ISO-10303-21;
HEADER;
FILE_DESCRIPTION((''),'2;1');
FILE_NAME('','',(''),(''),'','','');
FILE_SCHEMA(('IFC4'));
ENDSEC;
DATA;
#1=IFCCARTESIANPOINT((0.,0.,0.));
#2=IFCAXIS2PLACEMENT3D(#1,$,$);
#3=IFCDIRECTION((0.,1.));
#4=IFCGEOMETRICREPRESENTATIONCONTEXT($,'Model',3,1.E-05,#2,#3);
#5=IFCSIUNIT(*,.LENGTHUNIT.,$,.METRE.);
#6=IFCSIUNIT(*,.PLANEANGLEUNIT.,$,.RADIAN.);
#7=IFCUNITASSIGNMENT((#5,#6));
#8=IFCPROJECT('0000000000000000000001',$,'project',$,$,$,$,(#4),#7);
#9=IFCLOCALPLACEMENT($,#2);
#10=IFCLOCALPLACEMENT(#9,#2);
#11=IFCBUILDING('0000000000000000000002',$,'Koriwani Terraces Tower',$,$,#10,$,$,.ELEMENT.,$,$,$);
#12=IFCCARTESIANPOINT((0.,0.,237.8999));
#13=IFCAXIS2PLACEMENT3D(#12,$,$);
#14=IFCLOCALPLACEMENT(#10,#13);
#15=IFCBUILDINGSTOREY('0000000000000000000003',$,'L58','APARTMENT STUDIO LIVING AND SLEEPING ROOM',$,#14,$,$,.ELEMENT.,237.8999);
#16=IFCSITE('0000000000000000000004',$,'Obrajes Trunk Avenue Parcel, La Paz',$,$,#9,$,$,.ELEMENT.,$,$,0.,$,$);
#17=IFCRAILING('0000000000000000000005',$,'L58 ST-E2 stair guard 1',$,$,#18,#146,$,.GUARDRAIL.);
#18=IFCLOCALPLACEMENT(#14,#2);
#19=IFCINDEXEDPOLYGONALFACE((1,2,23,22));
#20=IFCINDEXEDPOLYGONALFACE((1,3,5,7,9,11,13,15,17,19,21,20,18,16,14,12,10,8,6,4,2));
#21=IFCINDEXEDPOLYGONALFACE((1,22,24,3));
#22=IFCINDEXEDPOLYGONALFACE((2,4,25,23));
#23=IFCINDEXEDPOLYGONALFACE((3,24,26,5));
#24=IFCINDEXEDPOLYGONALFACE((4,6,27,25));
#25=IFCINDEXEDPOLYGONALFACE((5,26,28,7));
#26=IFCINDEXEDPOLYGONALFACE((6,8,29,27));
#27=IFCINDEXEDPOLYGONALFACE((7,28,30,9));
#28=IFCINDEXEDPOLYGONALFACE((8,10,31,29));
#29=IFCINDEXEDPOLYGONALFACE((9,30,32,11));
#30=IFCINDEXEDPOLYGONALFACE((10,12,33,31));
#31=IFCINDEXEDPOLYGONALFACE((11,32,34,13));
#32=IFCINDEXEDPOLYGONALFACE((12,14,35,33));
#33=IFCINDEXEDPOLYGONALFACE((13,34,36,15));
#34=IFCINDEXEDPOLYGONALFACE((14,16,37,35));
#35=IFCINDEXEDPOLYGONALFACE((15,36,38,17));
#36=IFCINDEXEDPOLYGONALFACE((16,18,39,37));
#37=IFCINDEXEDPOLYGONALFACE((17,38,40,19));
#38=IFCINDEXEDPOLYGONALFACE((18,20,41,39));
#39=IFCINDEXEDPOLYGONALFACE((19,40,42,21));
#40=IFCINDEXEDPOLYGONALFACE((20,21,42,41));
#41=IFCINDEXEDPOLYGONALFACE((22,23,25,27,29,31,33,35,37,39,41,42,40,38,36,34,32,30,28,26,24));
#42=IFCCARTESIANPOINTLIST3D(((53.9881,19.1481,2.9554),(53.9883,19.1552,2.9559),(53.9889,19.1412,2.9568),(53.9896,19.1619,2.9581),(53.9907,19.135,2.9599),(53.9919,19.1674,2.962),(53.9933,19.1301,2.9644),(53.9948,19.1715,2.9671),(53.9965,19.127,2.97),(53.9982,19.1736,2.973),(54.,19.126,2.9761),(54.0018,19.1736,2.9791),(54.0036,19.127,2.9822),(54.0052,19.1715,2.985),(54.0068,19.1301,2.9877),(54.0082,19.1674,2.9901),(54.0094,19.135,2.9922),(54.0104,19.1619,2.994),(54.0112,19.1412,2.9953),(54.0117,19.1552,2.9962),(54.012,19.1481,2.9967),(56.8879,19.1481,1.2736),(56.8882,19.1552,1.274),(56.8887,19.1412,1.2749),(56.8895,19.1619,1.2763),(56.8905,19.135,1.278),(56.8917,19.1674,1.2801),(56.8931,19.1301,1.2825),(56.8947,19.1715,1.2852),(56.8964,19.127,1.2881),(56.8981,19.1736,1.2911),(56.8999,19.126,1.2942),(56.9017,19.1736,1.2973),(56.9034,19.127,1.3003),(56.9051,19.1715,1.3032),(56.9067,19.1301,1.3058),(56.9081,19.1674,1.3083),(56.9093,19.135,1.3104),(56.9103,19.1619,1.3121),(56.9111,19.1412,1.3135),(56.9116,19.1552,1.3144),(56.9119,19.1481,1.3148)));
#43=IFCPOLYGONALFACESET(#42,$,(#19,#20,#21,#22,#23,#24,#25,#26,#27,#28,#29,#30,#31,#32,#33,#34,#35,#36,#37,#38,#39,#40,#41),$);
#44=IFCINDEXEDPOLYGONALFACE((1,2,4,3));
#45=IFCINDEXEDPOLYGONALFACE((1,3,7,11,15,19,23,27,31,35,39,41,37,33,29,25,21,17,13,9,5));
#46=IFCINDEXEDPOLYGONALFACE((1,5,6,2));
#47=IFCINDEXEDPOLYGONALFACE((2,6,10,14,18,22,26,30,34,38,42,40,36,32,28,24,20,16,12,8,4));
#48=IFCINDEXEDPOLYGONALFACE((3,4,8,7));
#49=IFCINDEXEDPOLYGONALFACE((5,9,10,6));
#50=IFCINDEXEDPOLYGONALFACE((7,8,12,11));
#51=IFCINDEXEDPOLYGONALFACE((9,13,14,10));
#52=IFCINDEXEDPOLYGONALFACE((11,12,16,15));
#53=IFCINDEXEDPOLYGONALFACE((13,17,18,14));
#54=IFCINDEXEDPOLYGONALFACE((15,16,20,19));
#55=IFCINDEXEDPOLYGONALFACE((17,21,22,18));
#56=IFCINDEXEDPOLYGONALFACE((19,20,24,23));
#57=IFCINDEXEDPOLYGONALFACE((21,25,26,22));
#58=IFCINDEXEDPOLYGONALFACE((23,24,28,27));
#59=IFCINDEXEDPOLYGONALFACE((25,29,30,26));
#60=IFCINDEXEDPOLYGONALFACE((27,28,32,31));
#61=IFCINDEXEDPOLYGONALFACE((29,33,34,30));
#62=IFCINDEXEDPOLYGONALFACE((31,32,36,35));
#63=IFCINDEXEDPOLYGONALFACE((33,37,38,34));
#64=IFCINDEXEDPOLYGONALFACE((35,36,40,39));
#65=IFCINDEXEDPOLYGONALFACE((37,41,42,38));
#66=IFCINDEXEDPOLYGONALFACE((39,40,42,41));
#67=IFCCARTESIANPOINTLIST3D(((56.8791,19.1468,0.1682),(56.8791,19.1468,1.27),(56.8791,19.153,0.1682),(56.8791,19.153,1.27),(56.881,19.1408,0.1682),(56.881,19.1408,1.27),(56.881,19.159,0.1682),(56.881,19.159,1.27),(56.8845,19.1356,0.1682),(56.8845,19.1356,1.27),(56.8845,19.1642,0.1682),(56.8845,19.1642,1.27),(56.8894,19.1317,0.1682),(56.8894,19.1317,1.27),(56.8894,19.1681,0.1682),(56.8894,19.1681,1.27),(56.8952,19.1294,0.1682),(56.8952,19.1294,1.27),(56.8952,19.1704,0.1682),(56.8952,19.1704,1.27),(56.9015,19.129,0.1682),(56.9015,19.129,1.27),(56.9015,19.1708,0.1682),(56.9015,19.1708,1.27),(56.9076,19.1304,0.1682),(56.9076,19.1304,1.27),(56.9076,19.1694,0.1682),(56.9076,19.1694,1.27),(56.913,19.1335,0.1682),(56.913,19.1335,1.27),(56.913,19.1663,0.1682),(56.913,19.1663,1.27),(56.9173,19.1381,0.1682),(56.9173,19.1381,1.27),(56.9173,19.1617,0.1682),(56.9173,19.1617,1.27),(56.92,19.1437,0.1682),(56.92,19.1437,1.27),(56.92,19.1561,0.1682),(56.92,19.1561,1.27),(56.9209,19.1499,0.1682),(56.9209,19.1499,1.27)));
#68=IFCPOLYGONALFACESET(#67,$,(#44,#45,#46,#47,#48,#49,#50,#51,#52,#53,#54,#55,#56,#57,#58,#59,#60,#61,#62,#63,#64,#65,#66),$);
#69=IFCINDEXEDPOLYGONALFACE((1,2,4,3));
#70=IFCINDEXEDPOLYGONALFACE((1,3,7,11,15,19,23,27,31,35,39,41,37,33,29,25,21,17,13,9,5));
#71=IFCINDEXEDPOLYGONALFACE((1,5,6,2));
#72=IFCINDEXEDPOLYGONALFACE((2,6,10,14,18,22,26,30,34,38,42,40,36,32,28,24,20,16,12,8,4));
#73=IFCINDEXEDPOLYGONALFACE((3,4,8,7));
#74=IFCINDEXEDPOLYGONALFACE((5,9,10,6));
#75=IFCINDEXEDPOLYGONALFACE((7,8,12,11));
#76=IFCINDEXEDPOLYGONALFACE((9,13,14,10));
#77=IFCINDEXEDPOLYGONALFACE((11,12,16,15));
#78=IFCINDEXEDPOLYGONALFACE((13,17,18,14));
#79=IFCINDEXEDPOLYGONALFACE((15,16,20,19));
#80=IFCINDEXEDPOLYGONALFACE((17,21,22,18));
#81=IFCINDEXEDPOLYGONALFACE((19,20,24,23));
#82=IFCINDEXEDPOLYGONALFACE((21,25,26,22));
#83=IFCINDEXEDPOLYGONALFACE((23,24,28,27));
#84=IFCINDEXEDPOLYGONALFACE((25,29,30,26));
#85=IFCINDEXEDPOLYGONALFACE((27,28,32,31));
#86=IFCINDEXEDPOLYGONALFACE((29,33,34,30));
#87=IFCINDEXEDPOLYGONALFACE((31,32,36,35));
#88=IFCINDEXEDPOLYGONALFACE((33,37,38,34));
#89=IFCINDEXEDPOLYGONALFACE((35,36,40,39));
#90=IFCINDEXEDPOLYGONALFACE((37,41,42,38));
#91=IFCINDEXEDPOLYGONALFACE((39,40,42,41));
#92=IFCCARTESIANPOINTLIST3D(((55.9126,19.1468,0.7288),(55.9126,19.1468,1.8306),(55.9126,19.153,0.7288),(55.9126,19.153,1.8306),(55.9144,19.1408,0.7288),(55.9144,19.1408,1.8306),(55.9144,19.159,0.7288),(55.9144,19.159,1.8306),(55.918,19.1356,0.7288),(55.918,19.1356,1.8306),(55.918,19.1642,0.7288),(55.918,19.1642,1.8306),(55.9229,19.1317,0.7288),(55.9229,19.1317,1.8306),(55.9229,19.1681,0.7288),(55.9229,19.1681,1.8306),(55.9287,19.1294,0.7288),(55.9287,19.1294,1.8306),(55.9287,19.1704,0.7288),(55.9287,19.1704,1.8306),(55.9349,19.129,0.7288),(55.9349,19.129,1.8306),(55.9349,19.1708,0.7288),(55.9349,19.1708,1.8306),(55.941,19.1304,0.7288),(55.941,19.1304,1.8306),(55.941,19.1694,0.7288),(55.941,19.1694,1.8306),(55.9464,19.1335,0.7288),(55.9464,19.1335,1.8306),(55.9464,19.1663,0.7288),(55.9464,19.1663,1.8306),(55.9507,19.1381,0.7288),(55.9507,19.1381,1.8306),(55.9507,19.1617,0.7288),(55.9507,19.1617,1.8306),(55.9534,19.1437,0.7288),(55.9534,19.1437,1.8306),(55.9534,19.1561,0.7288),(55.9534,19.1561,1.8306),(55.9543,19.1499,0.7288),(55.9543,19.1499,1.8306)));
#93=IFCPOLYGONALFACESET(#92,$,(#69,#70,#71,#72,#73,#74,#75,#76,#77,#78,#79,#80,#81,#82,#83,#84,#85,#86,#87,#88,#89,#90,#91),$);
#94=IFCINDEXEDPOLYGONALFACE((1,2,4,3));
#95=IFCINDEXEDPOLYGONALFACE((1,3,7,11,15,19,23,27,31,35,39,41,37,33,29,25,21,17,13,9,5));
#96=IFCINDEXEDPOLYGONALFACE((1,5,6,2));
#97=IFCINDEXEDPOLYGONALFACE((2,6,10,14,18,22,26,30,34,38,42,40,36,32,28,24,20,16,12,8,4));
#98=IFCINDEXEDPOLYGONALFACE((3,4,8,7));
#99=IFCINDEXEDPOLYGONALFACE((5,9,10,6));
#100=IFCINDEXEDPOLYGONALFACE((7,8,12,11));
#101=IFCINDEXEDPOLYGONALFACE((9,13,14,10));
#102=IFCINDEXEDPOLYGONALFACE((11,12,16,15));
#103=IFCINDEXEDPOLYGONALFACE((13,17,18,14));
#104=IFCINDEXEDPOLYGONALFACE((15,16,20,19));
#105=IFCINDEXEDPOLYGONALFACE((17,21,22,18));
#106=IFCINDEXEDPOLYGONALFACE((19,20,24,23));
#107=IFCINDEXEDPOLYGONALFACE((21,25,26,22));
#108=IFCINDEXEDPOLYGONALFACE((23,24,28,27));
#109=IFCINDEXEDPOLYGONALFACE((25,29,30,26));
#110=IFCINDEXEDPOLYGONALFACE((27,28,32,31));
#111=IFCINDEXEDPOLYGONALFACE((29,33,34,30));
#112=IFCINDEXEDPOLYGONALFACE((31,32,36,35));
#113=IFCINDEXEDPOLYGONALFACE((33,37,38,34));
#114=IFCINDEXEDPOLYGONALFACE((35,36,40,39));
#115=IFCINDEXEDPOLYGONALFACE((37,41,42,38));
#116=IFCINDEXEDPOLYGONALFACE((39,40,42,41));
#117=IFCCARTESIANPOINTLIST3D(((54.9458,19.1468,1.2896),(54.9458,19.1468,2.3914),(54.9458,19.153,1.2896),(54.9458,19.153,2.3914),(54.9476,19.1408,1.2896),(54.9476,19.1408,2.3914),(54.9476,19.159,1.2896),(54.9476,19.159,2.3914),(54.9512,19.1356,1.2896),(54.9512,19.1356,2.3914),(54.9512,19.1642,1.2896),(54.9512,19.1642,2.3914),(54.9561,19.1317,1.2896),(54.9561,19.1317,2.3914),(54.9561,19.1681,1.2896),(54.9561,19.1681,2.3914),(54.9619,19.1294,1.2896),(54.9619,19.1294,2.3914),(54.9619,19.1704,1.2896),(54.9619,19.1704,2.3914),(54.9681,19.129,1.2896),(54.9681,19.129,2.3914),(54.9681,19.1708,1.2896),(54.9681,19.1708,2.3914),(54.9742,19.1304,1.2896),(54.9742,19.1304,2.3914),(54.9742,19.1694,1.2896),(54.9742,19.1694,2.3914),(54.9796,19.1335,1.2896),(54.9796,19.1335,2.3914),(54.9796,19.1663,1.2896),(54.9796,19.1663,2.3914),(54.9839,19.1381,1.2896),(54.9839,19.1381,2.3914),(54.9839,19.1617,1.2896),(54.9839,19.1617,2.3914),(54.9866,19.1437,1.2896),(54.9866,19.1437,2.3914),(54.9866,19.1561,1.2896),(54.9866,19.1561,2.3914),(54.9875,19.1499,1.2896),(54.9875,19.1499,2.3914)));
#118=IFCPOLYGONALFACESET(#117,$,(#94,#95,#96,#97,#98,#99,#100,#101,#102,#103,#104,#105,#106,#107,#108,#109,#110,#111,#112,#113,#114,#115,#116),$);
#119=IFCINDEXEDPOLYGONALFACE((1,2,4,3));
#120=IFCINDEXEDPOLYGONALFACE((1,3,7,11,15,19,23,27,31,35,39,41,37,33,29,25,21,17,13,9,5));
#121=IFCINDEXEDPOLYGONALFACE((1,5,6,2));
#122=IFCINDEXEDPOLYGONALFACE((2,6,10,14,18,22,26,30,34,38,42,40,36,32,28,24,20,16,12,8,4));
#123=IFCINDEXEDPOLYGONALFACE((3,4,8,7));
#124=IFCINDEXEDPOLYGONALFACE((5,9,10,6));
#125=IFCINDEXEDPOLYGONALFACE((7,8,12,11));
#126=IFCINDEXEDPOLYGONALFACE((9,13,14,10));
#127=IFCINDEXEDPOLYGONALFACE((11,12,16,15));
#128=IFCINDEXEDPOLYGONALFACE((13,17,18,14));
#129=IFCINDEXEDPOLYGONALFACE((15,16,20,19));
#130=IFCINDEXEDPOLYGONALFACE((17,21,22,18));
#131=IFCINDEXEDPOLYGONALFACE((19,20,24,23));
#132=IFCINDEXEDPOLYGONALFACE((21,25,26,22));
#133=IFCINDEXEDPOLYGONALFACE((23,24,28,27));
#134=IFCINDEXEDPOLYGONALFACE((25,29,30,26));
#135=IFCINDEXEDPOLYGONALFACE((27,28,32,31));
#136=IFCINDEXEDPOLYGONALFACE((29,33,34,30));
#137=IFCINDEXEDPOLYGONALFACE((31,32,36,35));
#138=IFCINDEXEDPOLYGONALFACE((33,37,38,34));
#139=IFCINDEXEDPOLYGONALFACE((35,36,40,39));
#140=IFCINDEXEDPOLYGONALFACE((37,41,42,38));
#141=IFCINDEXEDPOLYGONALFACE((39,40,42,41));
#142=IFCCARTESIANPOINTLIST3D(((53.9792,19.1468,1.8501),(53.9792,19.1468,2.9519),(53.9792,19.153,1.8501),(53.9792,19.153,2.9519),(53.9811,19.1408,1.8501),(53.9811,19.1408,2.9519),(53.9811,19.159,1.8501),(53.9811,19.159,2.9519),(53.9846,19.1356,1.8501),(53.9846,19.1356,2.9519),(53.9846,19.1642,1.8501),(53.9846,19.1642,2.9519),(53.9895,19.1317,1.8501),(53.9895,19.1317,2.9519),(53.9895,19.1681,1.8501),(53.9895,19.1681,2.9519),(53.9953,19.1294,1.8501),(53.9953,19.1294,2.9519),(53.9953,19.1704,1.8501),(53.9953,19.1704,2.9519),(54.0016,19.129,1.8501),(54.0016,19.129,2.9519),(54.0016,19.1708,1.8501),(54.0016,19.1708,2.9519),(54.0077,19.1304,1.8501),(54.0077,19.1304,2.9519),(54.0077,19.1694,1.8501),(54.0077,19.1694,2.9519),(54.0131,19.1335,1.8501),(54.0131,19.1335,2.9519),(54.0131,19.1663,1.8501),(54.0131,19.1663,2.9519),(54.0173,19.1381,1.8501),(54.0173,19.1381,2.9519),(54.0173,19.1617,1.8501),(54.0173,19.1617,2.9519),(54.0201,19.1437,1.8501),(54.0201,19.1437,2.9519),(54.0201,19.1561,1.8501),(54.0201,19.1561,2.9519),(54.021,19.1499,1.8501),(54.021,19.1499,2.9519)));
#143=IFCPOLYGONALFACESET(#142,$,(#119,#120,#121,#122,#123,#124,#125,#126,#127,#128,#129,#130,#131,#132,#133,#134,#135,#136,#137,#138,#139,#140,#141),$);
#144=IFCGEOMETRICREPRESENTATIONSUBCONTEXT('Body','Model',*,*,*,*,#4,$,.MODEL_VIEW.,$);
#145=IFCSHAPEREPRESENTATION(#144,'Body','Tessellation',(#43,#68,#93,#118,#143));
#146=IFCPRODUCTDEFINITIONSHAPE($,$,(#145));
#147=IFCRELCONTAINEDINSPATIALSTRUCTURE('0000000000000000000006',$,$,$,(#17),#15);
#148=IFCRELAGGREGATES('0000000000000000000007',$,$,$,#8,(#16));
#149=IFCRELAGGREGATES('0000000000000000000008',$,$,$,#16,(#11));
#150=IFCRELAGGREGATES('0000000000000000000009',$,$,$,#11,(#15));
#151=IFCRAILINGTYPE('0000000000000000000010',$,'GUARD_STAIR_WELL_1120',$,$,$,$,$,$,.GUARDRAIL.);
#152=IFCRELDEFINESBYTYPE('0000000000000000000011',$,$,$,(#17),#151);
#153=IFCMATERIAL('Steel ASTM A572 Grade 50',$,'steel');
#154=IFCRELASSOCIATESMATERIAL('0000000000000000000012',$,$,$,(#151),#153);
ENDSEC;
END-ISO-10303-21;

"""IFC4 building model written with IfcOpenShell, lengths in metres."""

from ifc_helpers import new_model, si_unit, direction, frame, origin, origin_2d, place, context, subcontext, project, spatial, circle, extrude, material, type_object, element, save


model = new_model("IFC4")

# Units and contexts
model_context = context("Model", 3, precision=1e-05, world=origin(), true_north=direction((0.0, 1.0)))
body_context = subcontext(model_context, "Body", "Model", "MODEL_VIEW")
ifc_project = project(units=[si_unit("LENGTHUNIT", "METRE"), si_unit("PLANEANGLEUNIT", "RADIAN")], contexts=[model_context])

# Site, building, storey
site_placement = place(None, origin())
site = spatial("IfcSite", under=ifc_project, at=site_placement, Name="Obrajes Trunk Avenue Parcel, La Paz", CompositionType="ELEMENT", RefElevation=0.0)
building_placement = place(site_placement, origin())
building = spatial("IfcBuilding", under=site, at=building_placement, Name="Koriwani Terraces Tower", CompositionType="ELEMENT")
storey_placement = place(building_placement, frame((0.0, 0.0, 237.8999)))
storey = spatial("IfcBuildingStorey", under=building, at=storey_placement, Name="L58", Description="APARTMENT STUDIO LIVING AND SLEEPING ROOM", CompositionType="ELEMENT", Elevation=237.8999)

# Shared definitions
ifc_material_1 = material(Name="Steel ASTM A572 Grade 50", Category="steel")

# Railing
railing_type_1 = type_object("IfcRailingType", Name="GUARD_STAIR_WELL_1120", PredefinedType="GUARDRAIL", material=ifc_material_1)
railing_1_placement = place(storey_placement, frame((56.8999, 19.1499, 0.1682)))
element("IfcRailing", 1, at=railing_1_placement, inside=storey, type_object=railing_type_1, Name="L58 ST-E2 stair guard 1", PredefinedType="GUARDRAIL", context=body_context, shape_type="SweptSolid", body=[
    extrude(circle(Radius=0.0239, at=origin_2d()), frame((0.0, 0.0, 1.126), z_axis=(-0.865039, 0.0, 0.501705), x_axis=(0.0, -1.0, 0.0)), (0.0, 0.0, 1.0), 3.3523),
    extrude(circle(Radius=0.021, at=origin_2d()), origin(), (0.0, 0.0, 1.0), 1.1018),
    extrude(circle(Radius=0.021, at=origin_2d()), frame((-0.9666, 0.0, 0.5605)), (0.0, 0.0, 1.0), 1.1018),
    extrude(circle(Radius=0.021, at=origin_2d()), frame((-1.9333, 0.0, 1.1213)), (0.0, 0.0, 1.0), 1.1018),
    extrude(circle(Radius=0.021, at=origin_2d()), frame((-2.8999, 0.0, 1.6819)), (0.0, 0.0, 1.0), 1.1018),
])

save(model, "model.ifc")
